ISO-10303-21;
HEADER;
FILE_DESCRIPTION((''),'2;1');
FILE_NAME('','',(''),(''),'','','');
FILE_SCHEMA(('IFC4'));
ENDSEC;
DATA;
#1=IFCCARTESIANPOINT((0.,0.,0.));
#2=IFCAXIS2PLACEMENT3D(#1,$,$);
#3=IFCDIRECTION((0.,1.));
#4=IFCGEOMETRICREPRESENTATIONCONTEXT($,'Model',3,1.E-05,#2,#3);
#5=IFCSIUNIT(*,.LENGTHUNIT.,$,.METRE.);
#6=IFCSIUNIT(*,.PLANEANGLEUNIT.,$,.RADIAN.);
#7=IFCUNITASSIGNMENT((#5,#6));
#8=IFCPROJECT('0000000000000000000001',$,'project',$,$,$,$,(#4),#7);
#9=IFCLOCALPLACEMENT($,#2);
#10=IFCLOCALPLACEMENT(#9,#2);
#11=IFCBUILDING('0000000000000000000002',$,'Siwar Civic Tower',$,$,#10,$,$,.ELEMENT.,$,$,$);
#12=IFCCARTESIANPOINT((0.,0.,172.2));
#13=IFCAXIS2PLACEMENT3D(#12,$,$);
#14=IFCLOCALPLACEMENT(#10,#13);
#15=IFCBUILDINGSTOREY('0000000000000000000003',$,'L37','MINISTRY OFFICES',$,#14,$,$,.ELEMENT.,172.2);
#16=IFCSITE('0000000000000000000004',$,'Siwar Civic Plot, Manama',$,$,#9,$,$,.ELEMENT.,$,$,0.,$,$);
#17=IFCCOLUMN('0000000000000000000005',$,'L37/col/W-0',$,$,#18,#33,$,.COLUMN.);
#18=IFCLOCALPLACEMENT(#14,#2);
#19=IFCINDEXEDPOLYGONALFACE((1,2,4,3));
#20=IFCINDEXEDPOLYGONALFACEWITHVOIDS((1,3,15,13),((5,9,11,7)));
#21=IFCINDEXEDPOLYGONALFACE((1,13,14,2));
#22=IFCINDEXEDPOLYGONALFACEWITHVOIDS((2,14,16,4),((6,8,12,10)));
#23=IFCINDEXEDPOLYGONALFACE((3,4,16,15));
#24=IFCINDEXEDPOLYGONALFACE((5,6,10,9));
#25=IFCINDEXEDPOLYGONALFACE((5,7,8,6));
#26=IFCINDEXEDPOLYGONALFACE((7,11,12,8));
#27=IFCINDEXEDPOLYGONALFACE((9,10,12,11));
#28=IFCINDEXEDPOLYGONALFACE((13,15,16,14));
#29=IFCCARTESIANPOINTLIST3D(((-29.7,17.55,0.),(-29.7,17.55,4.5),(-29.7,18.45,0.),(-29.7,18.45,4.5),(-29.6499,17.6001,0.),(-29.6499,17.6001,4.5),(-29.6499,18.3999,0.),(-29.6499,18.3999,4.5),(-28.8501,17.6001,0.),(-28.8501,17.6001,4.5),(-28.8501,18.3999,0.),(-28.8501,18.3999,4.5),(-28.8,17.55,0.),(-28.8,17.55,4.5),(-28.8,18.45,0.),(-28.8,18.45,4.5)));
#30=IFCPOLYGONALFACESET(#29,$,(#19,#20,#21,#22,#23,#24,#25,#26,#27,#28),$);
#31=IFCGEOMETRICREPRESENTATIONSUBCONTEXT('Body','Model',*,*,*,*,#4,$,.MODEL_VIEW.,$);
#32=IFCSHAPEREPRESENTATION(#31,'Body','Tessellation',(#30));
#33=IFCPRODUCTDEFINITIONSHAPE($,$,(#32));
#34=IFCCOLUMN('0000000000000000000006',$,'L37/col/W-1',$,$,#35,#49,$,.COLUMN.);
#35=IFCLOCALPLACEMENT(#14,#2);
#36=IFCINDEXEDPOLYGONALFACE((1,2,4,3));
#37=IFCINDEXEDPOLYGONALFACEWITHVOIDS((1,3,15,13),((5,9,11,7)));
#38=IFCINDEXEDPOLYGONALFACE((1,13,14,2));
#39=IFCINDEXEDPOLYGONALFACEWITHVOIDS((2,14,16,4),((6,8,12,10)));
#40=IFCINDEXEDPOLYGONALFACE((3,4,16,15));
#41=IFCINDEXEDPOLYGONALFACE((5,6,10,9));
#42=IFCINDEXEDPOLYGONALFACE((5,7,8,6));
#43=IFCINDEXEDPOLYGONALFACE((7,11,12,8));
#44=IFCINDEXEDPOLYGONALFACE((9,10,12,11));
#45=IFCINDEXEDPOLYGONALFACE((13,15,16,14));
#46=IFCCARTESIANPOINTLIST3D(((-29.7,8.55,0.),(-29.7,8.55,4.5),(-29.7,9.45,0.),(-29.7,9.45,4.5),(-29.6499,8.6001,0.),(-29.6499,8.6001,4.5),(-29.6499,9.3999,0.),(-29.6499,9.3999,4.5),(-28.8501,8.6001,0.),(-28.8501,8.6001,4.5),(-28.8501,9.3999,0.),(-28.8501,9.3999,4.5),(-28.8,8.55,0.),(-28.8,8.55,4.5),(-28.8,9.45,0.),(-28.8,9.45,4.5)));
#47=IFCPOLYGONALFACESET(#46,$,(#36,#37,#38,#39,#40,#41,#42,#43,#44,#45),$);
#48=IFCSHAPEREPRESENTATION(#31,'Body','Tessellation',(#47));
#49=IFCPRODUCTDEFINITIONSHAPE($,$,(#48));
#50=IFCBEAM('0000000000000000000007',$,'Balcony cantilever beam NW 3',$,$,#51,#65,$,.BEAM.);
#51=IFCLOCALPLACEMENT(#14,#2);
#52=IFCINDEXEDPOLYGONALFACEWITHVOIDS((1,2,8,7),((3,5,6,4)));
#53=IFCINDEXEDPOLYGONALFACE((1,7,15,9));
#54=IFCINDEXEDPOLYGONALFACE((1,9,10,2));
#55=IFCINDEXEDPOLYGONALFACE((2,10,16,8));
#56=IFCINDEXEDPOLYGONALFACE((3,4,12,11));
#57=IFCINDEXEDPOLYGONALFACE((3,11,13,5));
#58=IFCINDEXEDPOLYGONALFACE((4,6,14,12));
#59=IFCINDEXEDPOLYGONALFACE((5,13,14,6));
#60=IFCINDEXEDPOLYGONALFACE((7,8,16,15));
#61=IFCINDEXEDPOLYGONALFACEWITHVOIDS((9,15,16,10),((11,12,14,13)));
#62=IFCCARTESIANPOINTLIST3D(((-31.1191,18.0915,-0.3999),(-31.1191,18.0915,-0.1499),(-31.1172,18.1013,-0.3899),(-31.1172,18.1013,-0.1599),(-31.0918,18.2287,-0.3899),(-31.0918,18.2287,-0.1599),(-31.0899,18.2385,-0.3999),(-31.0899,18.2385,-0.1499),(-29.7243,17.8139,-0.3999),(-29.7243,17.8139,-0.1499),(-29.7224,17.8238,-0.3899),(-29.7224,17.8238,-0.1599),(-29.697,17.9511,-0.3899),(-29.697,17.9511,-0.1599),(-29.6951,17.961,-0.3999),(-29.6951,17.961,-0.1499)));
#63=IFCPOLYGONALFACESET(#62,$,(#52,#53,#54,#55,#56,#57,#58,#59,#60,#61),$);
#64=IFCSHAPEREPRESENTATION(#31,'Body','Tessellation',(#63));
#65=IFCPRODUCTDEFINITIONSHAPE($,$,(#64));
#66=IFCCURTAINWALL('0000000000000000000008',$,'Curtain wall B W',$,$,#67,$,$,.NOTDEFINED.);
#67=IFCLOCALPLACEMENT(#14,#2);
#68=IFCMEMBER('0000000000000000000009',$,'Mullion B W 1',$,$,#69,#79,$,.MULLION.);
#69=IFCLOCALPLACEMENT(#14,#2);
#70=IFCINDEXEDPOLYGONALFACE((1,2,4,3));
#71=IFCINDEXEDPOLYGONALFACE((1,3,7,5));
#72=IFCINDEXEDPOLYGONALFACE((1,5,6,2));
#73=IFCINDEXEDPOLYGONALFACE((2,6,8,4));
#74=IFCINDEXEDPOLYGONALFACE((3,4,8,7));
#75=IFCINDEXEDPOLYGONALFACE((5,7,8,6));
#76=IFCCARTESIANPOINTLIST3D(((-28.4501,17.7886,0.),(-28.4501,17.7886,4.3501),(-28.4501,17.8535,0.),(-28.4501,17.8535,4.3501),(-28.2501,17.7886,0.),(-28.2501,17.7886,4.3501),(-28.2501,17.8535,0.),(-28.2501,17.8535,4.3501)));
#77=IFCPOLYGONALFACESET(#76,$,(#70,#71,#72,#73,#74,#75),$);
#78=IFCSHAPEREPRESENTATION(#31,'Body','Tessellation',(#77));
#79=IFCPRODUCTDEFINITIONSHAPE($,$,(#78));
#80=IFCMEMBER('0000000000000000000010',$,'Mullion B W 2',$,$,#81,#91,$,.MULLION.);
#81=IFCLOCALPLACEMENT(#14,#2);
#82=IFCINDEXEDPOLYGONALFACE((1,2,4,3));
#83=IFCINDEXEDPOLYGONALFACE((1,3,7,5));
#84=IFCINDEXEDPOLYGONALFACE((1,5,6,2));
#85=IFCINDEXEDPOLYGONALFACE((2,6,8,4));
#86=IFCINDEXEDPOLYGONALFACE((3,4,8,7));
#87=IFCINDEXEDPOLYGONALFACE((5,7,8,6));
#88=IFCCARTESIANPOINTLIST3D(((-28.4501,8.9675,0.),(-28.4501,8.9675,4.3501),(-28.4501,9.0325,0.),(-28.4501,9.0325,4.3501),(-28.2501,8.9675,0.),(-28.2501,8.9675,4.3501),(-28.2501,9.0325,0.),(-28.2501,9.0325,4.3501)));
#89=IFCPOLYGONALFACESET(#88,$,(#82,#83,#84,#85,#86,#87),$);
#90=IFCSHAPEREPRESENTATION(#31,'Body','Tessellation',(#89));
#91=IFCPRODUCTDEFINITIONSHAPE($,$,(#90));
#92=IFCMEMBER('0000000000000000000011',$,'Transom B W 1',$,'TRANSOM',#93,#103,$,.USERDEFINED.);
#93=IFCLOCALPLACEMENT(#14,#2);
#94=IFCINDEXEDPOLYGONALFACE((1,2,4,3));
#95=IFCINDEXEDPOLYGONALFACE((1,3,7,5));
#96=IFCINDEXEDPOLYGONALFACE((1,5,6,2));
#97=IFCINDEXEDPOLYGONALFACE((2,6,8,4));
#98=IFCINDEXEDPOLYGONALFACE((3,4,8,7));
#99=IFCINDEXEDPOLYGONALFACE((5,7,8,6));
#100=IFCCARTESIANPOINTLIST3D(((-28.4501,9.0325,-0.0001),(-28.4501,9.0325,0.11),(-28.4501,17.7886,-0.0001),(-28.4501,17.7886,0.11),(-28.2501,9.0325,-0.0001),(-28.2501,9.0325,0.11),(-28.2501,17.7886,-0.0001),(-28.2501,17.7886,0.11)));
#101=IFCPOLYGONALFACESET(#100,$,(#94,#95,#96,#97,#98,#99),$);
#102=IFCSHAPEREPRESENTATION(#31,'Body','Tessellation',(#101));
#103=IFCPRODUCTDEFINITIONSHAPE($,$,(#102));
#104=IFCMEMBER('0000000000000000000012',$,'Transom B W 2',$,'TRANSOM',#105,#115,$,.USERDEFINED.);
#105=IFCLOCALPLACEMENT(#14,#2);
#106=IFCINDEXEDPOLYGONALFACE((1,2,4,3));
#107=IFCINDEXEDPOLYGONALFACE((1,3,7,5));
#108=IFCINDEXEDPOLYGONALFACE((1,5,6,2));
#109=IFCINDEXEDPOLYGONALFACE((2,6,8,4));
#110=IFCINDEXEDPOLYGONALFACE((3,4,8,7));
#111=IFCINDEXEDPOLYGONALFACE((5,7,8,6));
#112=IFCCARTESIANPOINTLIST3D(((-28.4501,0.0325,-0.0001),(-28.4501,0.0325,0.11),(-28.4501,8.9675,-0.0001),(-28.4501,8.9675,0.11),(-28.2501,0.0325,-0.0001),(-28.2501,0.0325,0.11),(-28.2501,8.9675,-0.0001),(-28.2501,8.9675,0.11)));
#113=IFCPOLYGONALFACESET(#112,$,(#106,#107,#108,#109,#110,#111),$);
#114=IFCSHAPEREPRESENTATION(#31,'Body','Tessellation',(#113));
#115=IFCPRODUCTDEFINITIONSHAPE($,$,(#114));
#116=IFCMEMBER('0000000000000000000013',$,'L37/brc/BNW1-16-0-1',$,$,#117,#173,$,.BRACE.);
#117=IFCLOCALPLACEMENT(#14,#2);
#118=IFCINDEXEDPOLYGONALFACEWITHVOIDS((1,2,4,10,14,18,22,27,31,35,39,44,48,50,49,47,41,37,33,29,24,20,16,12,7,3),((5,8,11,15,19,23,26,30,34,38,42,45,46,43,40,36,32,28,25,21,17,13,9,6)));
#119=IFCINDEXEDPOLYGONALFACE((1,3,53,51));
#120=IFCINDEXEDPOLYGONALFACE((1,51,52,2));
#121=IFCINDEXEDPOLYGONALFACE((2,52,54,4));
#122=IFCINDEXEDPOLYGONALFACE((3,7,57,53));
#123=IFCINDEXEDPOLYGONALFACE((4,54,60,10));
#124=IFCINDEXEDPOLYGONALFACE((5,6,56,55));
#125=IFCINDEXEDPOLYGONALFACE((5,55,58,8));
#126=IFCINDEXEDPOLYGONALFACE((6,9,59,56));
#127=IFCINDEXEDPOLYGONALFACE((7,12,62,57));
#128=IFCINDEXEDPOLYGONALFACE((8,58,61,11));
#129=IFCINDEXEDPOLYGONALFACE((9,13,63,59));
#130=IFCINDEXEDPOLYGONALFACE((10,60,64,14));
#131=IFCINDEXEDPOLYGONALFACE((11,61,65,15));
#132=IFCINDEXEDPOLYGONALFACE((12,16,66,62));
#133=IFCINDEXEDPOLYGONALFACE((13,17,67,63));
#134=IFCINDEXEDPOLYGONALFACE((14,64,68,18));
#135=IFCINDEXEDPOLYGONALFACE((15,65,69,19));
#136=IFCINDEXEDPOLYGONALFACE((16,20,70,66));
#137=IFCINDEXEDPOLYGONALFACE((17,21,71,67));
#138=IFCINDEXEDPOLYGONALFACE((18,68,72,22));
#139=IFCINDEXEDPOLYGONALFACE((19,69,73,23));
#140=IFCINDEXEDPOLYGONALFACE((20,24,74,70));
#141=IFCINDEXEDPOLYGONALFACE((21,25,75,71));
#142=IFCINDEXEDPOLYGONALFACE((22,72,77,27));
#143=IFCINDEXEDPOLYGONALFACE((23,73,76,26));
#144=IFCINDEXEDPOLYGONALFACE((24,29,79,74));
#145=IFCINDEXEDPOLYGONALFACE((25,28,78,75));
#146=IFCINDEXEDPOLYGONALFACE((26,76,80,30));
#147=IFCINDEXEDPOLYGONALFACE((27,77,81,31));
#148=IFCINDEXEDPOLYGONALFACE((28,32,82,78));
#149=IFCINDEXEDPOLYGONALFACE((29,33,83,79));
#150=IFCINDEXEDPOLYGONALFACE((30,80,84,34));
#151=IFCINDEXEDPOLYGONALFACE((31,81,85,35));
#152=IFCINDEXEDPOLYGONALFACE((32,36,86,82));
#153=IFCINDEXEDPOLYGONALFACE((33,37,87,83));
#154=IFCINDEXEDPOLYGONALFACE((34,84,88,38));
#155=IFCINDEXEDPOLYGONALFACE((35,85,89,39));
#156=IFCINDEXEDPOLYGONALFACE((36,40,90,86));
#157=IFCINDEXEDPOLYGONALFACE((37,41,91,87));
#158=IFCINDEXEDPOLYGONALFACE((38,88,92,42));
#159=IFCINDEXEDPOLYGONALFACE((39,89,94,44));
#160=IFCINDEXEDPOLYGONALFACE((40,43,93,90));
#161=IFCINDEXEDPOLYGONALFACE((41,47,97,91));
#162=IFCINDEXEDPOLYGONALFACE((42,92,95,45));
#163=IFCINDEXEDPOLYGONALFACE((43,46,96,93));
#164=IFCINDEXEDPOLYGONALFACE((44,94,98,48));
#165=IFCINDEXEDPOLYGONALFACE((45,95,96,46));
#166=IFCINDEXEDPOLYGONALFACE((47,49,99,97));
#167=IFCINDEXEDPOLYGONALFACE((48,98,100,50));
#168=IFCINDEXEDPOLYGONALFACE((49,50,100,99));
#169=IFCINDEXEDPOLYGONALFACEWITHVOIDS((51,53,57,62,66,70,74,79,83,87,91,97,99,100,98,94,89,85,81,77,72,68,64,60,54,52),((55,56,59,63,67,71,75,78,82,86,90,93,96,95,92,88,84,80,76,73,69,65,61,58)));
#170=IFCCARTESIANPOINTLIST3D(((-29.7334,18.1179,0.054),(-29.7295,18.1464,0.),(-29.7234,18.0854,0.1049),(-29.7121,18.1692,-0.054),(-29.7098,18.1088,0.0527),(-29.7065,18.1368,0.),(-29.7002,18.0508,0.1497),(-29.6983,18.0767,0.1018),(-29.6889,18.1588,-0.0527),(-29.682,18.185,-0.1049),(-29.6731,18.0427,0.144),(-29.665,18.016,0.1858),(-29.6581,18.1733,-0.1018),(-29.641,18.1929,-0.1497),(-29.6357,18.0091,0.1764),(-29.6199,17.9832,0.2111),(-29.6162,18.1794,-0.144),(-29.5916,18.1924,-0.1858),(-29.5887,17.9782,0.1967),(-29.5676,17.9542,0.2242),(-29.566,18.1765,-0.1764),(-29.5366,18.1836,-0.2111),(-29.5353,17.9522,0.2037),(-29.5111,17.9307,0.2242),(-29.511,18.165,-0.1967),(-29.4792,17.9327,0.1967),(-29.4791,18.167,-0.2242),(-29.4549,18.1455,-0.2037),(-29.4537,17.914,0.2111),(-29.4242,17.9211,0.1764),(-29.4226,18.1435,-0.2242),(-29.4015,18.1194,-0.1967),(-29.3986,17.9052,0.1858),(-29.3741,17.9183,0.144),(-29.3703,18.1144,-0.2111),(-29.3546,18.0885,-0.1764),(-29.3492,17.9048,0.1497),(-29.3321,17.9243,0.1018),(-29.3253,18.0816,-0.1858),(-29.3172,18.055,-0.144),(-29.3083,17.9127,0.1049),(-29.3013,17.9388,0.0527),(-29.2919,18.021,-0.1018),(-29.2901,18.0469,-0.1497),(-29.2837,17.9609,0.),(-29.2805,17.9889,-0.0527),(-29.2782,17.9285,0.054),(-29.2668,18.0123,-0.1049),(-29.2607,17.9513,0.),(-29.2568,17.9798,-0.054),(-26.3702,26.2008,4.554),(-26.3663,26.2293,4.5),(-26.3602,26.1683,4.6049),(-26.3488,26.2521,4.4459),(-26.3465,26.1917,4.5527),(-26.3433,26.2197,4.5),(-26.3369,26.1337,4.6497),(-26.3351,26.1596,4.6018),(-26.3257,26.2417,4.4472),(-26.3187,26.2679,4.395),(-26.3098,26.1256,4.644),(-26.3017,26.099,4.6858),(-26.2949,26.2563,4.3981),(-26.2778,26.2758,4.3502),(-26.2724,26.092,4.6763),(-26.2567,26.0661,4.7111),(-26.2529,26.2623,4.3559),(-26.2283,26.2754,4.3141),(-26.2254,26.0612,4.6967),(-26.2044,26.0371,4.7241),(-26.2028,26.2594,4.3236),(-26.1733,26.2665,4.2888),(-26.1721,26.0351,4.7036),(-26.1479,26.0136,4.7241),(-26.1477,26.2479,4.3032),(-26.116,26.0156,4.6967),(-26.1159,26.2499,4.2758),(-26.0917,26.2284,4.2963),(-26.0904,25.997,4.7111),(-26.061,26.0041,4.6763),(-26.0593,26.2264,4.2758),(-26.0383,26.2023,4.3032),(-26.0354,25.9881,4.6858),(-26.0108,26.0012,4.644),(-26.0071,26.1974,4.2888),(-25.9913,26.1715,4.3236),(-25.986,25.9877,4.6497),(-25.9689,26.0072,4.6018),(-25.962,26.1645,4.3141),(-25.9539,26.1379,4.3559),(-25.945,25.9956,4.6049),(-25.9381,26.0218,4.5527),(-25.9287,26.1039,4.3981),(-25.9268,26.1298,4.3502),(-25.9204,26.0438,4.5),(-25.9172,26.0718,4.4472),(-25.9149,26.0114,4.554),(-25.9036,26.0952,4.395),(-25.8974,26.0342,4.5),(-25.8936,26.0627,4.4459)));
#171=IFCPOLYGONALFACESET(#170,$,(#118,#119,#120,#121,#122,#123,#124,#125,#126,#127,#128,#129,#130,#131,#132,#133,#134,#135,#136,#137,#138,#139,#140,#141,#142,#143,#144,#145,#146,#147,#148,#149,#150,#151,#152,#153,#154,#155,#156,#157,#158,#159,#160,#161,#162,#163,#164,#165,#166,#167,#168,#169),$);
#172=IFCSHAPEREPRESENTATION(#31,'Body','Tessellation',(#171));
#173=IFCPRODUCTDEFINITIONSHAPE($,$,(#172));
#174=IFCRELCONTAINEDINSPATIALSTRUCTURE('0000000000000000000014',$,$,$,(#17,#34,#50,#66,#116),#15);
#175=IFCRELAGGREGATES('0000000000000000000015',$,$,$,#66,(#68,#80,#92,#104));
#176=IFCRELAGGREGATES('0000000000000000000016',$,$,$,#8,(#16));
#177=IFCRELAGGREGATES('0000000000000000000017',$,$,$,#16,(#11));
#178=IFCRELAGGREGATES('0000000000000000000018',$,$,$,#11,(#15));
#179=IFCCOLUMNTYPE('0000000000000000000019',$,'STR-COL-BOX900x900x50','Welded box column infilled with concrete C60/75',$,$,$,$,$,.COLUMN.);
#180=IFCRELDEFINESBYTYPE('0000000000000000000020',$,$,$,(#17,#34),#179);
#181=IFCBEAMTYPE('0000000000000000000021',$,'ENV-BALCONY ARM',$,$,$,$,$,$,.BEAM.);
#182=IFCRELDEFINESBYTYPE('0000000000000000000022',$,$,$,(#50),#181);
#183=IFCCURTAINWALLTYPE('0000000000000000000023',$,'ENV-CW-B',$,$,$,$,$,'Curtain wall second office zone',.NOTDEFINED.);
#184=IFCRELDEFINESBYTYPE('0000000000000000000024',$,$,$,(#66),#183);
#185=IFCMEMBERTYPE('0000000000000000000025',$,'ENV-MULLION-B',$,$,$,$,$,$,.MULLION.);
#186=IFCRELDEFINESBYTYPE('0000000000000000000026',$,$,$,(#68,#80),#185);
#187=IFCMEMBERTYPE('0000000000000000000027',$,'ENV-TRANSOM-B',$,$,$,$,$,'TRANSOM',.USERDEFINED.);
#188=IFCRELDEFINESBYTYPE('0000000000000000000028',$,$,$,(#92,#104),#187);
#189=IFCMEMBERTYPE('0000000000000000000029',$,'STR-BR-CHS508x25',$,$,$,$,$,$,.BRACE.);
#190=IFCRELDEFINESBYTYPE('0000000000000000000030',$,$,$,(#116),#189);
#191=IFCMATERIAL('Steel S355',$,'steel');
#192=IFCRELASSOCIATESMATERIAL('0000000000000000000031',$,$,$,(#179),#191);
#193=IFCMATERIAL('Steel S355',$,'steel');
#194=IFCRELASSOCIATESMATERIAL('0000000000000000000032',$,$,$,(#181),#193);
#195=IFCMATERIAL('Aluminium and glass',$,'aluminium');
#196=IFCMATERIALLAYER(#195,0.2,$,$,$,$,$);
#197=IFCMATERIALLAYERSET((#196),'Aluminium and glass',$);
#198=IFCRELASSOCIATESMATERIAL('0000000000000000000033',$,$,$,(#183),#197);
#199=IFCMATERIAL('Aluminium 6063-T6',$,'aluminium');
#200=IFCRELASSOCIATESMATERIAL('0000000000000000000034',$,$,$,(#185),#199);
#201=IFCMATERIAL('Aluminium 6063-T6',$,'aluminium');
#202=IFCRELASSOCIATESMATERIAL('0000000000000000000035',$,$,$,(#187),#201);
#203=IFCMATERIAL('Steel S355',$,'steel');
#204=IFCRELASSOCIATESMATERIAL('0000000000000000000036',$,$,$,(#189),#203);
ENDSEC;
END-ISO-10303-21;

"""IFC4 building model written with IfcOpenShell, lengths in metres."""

from ifc_helpers import new_model, si_unit, direction, frame, origin, origin_2d, place, context, subcontext, project, spatial, rectangle, hollow_rectangle, hollow_circle, extrude, material, layer, layer_set, material_profile, profile_set, type_object, element, aggregate, save


model = new_model("IFC4")

# Units and contexts
model_context = context("Model", 3, precision=1e-05, world=origin(), true_north=direction((0.0, 1.0)))
body_context = subcontext(model_context, "Body", "Model", "MODEL_VIEW")
ifc_project = project(units=[si_unit("LENGTHUNIT", "METRE"), si_unit("PLANEANGLEUNIT", "RADIAN")], contexts=[model_context])

# Site, building, storey
site_placement = place(None, origin())
site = spatial("IfcSite", under=ifc_project, at=site_placement, Name="Siwar Civic Plot, Manama", CompositionType="ELEMENT", RefElevation=0.0)
building_placement = place(site_placement, origin())
building = spatial("IfcBuilding", under=site, at=building_placement, Name="Siwar Civic Tower", CompositionType="ELEMENT")
storey_placement = place(building_placement, frame((0.0, 0.0, 172.2)))
storey = spatial("IfcBuildingStorey", under=building, at=storey_placement, Name="L37", Description="MINISTRY OFFICES", CompositionType="ELEMENT", Elevation=172.2)

# Columns
ifc_material_1 = material(Name="Steel S355", Category="steel")
ifc_material_profile_1 = material_profile(ifc_material_1, hollow_rectangle(XDim=0.8999, YDim=0.8999, WallThickness=0.05, at=origin_2d()), Name="BOX900x900x50")
ifc_profile_set_1 = profile_set([ifc_material_profile_1], Name="Steel S355")
column_type = type_object("IfcColumnType", Name="STR-COL-BOX900x900x50", Description="Welded box column infilled with concrete C60/75", PredefinedType="COLUMN", material=ifc_profile_set_1)
for number, where, z_axis, x_axis, name in (
    (1, (-29.25, 18.0, 0.0), (0.0, 0.0, 1.0), (1.0, 0.0, 0.0), "L37/col/W-0"),
    (2, (-29.25, 9.0, 0.0), (0.0, 0.0, 1.0), (1.0, 0.0, 0.0), "L37/col/W-1"),
):
    element("IfcColumn", number, at=place(storey_placement, frame(where, z_axis=z_axis, x_axis=x_axis)), inside=storey, type_object=column_type, Name=name, PredefinedType="COLUMN", context=body_context, shape_type="SweptSolid", body=[
        extrude(hollow_rectangle(XDim=0.8999, YDim=0.8999, WallThickness=0.05, at=origin_2d()), origin(), (0.0, 0.0, 1.0), 4.5),
    ])

# Beam
ifc_material_2 = material(Name="Steel S355", Category="steel")
ifc_material_profile_2 = material_profile(ifc_material_2, hollow_rectangle(XDim=0.1499, YDim=0.25, WallThickness=0.01, at=origin_2d()), Name="RHS250x150x10")
ifc_profile_set_2 = profile_set([ifc_material_profile_2], Name="Steel S355")
beam_type_1 = type_object("IfcBeamType", Name="ENV-BALCONY ARM", PredefinedType="BEAM", material=ifc_profile_set_2)
beam_1_placement = place(storey_placement, frame((-29.7097, 17.8875, -0.2749), z_axis=(-0.980765, 0.195192, 0.0), x_axis=(-0.195192, -0.980765, 0.0)))
element("IfcBeam", 3, at=beam_1_placement, inside=storey, type_object=beam_type_1, Name="Balcony cantilever beam NW 3", PredefinedType="BEAM", context=body_context, shape_type="SweptSolid", body=[
    extrude(hollow_rectangle(XDim=0.1499, YDim=0.25, WallThickness=0.01, at=origin_2d()), origin(), (0.0, 0.0, 1.0), 1.4221),
])

# Curtain wall, members
ifc_material_3 = material(Name="Aluminium and glass", Category="aluminium")
ifc_layer_1 = layer(ifc_material_3, 0.2)
ifc_layer_set_1 = layer_set([ifc_layer_1], Name="Aluminium and glass")
curtain_wall_type = type_object("IfcCurtainWallType", Name="ENV-CW-B", ElementType="Curtain wall second office zone", PredefinedType="NOTDEFINED", material=ifc_layer_set_1)
curtain_wall_placement = place(storey_placement, origin())
curtain_wall = element("IfcCurtainWall", 4, at=curtain_wall_placement, inside=storey, type_object=curtain_wall_type, Name="Curtain wall B W", PredefinedType="NOTDEFINED")
ifc_material_4 = material(Name="Aluminium 6063-T6", Category="aluminium")
ifc_material_profile_3 = material_profile(ifc_material_4, rectangle(XDim=0.2, YDim=0.0649, at=origin_2d()), Name="AL 200x65")
ifc_profile_set_3 = profile_set([ifc_material_profile_3], Name="Aluminium 6063-T6")
member_type_1 = type_object("IfcMemberType", Name="ENV-MULLION-B", PredefinedType="MULLION", material=ifc_profile_set_3)
member_1_placement = place(storey_placement, frame((-28.3501, 17.821, 0.0), z_axis=(0.0, 0.0, 1.0), x_axis=(1.0, 0.0, 0.0)))
member_1 = element("IfcMember", 5, at=member_1_placement, type_object=member_type_1, Name="Mullion B W 1", PredefinedType="MULLION", context=body_context, shape_type="SweptSolid", body=[
    extrude(rectangle(XDim=0.2, YDim=0.0649, at=origin_2d()), origin(), (0.0, 0.0, 1.0), 4.3501),
])
member_2_placement = place(storey_placement, frame((-28.3501, 9.0, 0.0), z_axis=(0.0, 0.0, 1.0), x_axis=(1.0, 0.0, 0.0)))
member_2 = element("IfcMember", 6, at=member_2_placement, type_object=member_type_1, Name="Mullion B W 2", PredefinedType="MULLION", context=body_context, shape_type="SweptSolid", body=[
    extrude(rectangle(XDim=0.2, YDim=0.0649, at=origin_2d()), origin(), (0.0, 0.0, 1.0), 4.3501),
])
ifc_material_5 = material(Name="Aluminium 6063-T6", Category="aluminium")
ifc_material_profile_4 = material_profile(ifc_material_5, rectangle(XDim=0.2, YDim=0.1101, at=origin_2d()), Name="AL 200x110")
ifc_profile_set_4 = profile_set([ifc_material_profile_4], Name="Aluminium 6063-T6")
member_type_2 = type_object("IfcMemberType", Name="ENV-TRANSOM-B", ElementType="TRANSOM", PredefinedType="USERDEFINED", material=ifc_profile_set_4)
member_3_placement = place(storey_placement, frame((-28.3501, 17.7886, 0.0549), z_axis=(0.0, -1.0, 0.0), x_axis=(1.0, 0.0, 0.0)))
member_3 = element("IfcMember", 7, at=member_3_placement, type_object=member_type_2, Name="Transom B W 1", ObjectType="TRANSOM", PredefinedType="USERDEFINED", context=body_context, shape_type="SweptSolid", body=[
    extrude(rectangle(XDim=0.2, YDim=0.1101, at=origin_2d()), origin(), (0.0, 0.0, 1.0), 8.7561),
])
member_4_placement = place(storey_placement, frame((-28.3501, 8.9675, 0.0549), z_axis=(0.0, -1.0, 0.0), x_axis=(1.0, 0.0, 0.0)))
member_4 = element("IfcMember", 8, at=member_4_placement, type_object=member_type_2, Name="Transom B W 2", ObjectType="TRANSOM", PredefinedType="USERDEFINED", context=body_context, shape_type="SweptSolid", body=[
    extrude(rectangle(XDim=0.2, YDim=0.1101, at=origin_2d()), origin(), (0.0, 0.0, 1.0), 8.9351),
])

# Member
ifc_material_6 = material(Name="Steel S355", Category="steel")
ifc_material_profile_5 = material_profile(ifc_material_6, hollow_circle(Radius=0.2539, WallThickness=0.0249, at=origin_2d()), Name="CHS508x25")
ifc_profile_set_5 = profile_set([ifc_material_profile_5], Name="Steel S355")
member_type_3 = type_object("IfcMemberType", Name="STR-BR-CHS508x25", PredefinedType="BRACE", material=ifc_profile_set_5)
member_5_placement = place(storey_placement, frame((-29.4951, 18.0488, 0.0), z_axis=(0.341671, 0.821143, 0.457149), x_axis=(-0.923265, 0.384164, 0.0)))
element("IfcMember", 9, at=member_5_placement, inside=storey, type_object=member_type_3, Name="L37/brc/BNW1-16-0-1", PredefinedType="BRACE", context=body_context, shape_type="SweptSolid", body=[
    extrude(hollow_circle(Radius=0.2539, WallThickness=0.0249, at=origin_2d()), origin(), (0.0, 0.0, 1.0), 9.8435),
])

aggregate(curtain_wall, [member_1, member_2, member_3, member_4])

save(model, "model.ifc")
